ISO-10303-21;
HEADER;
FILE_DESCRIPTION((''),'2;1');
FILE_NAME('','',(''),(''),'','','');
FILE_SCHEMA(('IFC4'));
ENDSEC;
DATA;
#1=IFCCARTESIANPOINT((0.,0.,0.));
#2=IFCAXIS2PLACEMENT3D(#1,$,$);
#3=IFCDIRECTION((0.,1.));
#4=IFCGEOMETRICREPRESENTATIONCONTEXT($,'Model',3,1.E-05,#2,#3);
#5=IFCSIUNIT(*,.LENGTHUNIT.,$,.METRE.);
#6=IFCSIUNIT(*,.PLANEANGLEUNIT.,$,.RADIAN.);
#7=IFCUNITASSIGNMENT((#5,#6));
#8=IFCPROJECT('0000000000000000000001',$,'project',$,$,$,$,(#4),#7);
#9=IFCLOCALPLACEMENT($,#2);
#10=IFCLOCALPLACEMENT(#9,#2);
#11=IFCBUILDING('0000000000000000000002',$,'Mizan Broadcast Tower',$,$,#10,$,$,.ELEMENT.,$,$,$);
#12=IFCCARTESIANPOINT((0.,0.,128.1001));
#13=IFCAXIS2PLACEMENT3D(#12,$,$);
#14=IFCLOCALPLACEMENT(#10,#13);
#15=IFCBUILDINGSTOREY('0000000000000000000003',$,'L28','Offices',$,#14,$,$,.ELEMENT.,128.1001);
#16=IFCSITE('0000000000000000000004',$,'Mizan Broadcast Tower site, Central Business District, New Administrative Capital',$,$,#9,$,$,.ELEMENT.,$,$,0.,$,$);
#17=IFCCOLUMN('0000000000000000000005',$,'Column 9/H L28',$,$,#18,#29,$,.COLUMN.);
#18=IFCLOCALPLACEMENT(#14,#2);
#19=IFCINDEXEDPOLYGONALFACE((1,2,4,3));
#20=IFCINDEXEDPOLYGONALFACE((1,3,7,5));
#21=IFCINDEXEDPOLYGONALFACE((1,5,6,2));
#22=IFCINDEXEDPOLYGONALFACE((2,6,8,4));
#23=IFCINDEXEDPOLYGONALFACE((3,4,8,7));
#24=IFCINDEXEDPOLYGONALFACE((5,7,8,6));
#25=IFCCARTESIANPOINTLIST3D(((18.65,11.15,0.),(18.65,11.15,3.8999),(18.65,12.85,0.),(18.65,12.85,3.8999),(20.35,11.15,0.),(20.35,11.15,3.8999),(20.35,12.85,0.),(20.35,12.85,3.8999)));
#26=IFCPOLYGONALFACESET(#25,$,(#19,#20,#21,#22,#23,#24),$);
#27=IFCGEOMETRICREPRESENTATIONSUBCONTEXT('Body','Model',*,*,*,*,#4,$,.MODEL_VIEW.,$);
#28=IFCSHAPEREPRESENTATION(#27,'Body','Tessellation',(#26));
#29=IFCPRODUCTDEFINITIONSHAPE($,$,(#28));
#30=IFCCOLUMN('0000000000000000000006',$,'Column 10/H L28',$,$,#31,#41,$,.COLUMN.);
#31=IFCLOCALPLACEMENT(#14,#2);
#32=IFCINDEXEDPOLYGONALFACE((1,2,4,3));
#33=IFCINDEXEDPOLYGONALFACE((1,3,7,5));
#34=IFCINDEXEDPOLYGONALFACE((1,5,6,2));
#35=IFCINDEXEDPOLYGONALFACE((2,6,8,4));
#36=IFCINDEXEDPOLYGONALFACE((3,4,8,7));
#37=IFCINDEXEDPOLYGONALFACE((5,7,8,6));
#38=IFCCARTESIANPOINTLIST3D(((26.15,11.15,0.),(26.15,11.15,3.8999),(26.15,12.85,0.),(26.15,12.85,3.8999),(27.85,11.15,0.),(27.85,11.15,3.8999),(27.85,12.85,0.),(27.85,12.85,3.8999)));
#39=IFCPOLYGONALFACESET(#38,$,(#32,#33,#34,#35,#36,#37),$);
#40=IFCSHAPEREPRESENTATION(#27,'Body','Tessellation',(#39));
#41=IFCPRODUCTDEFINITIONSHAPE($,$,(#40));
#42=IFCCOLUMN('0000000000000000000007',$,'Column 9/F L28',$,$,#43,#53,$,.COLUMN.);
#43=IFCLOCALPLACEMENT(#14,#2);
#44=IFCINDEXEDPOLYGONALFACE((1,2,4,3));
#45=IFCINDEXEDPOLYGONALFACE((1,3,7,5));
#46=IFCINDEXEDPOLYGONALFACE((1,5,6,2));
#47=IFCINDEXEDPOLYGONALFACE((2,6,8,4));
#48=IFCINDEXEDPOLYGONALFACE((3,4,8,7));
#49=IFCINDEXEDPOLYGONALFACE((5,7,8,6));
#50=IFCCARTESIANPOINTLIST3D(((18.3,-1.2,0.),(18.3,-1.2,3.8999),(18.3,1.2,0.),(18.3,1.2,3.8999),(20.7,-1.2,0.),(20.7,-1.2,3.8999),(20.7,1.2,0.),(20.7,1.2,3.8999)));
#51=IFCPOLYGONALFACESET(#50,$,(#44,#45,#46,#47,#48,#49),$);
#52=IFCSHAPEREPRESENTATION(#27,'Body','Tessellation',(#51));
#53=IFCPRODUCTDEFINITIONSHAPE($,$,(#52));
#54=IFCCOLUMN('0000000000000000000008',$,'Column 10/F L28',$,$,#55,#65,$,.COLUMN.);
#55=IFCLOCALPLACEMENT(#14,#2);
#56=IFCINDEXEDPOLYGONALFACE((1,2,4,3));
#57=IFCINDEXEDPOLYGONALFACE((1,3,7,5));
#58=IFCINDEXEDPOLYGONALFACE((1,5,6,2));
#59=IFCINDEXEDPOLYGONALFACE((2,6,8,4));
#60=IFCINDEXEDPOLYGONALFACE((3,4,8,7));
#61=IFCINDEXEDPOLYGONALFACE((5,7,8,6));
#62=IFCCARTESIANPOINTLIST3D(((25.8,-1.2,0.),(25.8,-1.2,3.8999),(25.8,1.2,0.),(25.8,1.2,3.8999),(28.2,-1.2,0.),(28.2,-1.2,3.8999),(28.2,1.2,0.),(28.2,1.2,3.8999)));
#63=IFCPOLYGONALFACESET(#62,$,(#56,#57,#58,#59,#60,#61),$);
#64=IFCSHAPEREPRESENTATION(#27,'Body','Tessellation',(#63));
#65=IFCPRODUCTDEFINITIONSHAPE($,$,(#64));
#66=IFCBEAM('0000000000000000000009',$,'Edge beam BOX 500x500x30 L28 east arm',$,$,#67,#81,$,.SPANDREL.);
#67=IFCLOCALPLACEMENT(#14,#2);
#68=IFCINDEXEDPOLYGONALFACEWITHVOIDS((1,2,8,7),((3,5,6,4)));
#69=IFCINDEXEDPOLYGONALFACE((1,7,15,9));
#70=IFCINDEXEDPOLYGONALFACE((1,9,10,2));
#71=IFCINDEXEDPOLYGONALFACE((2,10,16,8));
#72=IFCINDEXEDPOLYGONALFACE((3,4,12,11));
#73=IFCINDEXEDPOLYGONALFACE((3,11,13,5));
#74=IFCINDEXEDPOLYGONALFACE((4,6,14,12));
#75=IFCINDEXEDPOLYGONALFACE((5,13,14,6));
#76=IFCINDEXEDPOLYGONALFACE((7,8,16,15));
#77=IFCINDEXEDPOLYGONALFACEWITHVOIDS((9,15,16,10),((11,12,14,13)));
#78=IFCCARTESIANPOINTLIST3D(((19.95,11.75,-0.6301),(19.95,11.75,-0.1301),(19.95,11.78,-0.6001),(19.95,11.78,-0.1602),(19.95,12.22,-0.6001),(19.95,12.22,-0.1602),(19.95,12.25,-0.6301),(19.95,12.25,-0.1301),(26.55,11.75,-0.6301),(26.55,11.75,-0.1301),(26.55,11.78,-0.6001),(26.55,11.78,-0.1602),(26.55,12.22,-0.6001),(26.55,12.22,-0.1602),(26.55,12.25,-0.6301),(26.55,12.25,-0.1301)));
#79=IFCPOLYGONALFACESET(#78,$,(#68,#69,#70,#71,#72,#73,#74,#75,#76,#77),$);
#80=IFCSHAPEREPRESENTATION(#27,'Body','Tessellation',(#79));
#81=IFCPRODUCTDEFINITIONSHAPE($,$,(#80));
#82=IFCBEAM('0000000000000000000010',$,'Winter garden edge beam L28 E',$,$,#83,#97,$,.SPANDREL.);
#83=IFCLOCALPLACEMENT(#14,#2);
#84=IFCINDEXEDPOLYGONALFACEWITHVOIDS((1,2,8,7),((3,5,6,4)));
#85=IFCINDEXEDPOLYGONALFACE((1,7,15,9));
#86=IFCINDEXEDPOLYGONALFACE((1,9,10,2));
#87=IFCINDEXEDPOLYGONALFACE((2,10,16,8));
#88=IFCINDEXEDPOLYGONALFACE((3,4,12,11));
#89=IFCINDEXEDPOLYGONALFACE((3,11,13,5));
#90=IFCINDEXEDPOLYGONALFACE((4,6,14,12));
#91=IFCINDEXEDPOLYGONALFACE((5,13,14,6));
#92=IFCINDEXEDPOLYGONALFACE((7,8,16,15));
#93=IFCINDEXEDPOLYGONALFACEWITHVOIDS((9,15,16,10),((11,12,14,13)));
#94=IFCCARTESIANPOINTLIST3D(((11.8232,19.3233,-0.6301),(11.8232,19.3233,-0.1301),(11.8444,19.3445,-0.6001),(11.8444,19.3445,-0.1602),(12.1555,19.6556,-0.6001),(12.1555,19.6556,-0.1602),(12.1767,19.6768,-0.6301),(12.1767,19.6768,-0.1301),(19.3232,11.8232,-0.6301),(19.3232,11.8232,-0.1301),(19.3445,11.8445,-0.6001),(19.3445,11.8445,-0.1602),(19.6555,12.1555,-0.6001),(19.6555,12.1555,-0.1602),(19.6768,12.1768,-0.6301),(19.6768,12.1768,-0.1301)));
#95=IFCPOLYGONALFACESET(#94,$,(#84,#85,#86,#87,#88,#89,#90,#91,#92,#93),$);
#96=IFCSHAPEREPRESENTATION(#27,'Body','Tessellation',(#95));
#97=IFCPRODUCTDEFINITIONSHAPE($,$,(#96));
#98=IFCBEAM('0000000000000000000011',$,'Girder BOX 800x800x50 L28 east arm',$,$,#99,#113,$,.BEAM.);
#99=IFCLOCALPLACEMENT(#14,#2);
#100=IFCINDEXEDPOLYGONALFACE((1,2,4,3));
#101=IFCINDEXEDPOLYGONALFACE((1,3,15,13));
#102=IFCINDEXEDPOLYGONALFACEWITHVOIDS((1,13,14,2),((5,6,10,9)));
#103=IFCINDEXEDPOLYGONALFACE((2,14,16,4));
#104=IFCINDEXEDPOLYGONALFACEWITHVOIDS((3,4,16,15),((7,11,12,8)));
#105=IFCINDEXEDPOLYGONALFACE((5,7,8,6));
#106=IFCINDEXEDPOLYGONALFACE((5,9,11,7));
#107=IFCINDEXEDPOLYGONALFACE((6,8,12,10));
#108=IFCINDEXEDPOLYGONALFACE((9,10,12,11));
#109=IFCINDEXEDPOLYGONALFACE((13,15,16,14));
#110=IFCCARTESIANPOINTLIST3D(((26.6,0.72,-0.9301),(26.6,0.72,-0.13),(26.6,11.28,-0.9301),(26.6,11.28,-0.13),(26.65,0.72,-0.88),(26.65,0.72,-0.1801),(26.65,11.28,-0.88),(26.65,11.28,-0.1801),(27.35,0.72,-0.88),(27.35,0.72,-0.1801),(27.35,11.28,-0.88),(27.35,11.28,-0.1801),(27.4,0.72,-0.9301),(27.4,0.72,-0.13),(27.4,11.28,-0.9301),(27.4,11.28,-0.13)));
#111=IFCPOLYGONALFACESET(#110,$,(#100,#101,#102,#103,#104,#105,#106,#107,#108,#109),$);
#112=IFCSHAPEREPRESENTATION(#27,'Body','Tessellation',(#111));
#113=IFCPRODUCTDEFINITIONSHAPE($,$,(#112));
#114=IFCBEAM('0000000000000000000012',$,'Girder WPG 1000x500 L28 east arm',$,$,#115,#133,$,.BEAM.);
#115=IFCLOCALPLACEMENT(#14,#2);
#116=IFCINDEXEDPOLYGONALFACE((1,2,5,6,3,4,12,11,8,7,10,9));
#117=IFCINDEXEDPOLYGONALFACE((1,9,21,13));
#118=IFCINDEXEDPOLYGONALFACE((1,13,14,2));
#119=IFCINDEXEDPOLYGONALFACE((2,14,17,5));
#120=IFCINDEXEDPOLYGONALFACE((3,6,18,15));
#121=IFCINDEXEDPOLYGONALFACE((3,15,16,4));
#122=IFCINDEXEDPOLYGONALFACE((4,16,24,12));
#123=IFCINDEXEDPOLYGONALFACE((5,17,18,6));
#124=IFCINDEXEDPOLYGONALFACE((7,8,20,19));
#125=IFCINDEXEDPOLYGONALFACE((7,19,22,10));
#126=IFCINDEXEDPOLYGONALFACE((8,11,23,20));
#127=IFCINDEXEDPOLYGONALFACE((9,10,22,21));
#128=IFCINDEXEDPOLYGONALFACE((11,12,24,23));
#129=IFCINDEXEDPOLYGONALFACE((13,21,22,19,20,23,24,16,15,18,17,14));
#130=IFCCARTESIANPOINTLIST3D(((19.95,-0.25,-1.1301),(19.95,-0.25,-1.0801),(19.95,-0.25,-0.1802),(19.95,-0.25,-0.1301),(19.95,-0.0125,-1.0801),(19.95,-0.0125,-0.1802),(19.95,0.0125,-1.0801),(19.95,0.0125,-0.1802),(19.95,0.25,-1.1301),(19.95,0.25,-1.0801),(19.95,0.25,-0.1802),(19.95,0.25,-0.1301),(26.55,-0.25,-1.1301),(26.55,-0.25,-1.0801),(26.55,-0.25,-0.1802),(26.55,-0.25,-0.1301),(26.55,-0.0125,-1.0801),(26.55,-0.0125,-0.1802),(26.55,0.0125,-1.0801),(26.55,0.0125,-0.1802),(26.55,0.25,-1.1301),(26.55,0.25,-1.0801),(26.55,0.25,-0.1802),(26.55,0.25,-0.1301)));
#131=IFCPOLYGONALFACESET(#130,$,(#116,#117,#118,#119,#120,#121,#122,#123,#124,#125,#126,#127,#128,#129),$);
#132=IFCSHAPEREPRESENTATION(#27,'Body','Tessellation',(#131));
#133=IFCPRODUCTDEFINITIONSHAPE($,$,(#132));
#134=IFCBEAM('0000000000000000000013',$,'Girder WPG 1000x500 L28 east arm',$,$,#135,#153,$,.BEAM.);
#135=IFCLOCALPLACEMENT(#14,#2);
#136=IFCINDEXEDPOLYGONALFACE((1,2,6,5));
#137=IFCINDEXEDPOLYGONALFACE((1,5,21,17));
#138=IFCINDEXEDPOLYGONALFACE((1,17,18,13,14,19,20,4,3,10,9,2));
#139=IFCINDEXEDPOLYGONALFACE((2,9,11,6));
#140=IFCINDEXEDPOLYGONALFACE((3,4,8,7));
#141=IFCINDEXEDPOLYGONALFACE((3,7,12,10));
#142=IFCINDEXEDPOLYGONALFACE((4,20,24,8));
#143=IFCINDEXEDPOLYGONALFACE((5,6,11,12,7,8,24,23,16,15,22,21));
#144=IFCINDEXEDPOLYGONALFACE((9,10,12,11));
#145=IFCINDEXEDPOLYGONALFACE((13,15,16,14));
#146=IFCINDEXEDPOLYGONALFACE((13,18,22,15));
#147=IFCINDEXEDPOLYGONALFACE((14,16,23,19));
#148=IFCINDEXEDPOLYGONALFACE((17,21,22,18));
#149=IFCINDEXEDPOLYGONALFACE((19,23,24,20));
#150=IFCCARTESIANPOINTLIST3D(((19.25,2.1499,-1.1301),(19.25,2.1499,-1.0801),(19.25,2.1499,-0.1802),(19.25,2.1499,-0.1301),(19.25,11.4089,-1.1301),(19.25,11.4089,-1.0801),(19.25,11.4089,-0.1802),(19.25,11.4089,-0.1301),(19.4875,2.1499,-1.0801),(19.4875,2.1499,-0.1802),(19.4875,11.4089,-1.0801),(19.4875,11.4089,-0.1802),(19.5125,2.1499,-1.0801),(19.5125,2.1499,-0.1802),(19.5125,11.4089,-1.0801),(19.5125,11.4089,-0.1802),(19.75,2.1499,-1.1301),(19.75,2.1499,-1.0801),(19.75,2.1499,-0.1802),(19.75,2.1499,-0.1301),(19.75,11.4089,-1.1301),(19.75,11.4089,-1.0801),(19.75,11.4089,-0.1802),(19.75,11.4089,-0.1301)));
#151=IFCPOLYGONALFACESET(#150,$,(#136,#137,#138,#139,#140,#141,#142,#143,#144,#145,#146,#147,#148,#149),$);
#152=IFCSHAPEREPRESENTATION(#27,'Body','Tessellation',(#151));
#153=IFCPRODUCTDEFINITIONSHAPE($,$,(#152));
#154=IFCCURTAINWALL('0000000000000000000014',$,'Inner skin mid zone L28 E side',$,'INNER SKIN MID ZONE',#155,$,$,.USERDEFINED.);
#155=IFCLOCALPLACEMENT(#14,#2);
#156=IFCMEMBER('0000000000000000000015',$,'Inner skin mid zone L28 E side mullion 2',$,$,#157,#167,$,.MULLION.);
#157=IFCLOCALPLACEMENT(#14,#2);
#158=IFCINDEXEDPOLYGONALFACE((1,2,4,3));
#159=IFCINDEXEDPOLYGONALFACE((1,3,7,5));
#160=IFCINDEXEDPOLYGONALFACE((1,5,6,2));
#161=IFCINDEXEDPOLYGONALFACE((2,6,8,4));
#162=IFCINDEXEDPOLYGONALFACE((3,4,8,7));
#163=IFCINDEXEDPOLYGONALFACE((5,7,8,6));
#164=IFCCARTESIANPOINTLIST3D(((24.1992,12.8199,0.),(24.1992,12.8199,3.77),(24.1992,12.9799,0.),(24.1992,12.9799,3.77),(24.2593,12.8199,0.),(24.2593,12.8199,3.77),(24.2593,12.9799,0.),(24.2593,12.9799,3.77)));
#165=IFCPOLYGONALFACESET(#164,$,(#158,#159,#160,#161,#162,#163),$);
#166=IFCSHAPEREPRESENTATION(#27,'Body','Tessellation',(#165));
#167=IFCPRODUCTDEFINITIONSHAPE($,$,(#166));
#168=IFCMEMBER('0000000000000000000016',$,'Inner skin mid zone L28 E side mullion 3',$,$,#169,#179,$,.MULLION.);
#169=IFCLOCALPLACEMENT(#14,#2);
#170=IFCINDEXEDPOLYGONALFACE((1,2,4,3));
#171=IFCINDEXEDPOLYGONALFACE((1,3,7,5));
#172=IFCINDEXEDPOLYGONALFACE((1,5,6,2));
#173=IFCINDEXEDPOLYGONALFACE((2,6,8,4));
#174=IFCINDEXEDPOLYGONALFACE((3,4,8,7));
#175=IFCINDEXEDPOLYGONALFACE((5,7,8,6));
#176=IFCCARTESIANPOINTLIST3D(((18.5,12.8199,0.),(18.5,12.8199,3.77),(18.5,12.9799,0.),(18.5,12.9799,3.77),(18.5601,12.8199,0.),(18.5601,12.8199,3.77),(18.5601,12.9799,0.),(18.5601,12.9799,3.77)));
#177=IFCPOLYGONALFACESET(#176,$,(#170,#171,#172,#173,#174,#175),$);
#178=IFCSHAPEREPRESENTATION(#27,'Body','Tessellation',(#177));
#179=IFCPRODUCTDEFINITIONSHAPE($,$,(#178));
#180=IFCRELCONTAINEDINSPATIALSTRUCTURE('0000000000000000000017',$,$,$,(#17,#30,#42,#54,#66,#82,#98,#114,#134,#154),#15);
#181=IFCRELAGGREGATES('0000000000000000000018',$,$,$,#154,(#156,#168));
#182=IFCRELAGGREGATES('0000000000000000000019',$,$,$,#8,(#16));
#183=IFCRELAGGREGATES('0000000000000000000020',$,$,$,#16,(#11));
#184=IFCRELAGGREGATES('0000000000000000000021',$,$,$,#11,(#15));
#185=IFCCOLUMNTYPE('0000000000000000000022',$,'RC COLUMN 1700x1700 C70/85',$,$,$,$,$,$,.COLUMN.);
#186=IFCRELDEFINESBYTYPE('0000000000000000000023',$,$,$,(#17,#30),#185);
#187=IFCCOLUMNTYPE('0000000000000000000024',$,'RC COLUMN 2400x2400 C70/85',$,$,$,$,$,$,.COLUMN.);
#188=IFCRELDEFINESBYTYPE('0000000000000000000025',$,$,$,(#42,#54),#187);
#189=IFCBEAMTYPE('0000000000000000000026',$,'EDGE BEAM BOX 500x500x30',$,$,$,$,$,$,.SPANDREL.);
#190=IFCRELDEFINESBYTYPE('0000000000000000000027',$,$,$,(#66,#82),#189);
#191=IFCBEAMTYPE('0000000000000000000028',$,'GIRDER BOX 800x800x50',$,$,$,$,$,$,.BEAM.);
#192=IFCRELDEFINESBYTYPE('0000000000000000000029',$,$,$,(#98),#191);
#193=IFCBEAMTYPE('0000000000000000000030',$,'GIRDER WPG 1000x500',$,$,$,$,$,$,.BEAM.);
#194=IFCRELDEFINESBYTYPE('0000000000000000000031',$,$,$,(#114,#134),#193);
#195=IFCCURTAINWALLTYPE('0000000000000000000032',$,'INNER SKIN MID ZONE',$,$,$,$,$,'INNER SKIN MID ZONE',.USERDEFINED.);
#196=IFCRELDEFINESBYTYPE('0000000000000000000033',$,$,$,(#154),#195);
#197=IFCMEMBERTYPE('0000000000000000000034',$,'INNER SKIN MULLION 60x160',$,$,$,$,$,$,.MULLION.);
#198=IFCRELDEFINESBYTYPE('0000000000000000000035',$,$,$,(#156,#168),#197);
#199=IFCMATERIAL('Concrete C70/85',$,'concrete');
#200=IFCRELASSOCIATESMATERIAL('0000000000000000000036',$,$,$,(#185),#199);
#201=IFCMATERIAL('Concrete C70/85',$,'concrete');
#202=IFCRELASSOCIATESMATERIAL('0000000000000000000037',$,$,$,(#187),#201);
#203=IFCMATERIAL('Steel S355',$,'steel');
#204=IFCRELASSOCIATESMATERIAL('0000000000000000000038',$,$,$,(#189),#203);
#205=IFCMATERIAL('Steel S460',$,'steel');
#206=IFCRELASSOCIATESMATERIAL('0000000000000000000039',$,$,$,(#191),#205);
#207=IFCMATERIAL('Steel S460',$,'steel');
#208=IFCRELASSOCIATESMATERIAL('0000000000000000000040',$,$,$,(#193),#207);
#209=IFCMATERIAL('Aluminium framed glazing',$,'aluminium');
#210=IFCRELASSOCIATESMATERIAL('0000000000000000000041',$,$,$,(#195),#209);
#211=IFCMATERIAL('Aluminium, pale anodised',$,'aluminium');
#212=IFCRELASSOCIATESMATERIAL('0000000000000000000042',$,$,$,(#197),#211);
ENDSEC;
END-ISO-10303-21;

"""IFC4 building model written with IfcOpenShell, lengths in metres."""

from ifc_helpers import new_model, si_unit, direction, frame, origin, origin_2d, place, context, subcontext, project, spatial, rectangle, hollow_rectangle, i_section, extrude, material, material_profile, profile_set, type_object, element, aggregate, save


model = new_model("IFC4")

# Units and contexts
model_context = context("Model", 3, precision=1e-05, world=origin(), true_north=direction((0.0, 1.0)))
body_context = subcontext(model_context, "Body", "Model", "MODEL_VIEW")
ifc_project = project(units=[si_unit("LENGTHUNIT", "METRE"), si_unit("PLANEANGLEUNIT", "RADIAN")], contexts=[model_context])

# Site, building, storey
site_placement = place(None, origin())
site = spatial("IfcSite", under=ifc_project, at=site_placement, Name="Mizan Broadcast Tower site, Central Business District, New Administrative Capital", CompositionType="ELEMENT", RefElevation=0.0)
building_placement = place(site_placement, origin())
building = spatial("IfcBuilding", under=site, at=building_placement, Name="Mizan Broadcast Tower", CompositionType="ELEMENT")
storey_placement = place(building_placement, frame((0.0, 0.0, 128.1001)))
storey = spatial("IfcBuildingStorey", under=building, at=storey_placement, Name="L28", Description="Offices", CompositionType="ELEMENT", Elevation=128.1001)

# Columns
ifc_material_1 = material(Name="Concrete C70/85", Category="concrete")
ifc_material_profile_1 = material_profile(ifc_material_1, rectangle(XDim=1.7, YDim=1.7, at=origin_2d()), Name="RC 1700x1700")
ifc_profile_set_1 = profile_set([ifc_material_profile_1], Name="Concrete C70/85")
column_type_1 = type_object("IfcColumnType", Name="RC COLUMN 1700x1700 C70/85", PredefinedType="COLUMN", material=ifc_profile_set_1)
for number, where, z_axis, x_axis, name in (
    (1, (19.5, 12.0, 0.0), (0.0, 0.0, 1.0), (1.0, 0.0, 0.0), "Column 9/H L28"),
    (2, (27.0, 12.0, 0.0), (0.0, 0.0, 1.0), (1.0, 0.0, 0.0), "Column 10/H L28"),
):
    element("IfcColumn", number, at=place(storey_placement, frame(where, z_axis=z_axis, x_axis=x_axis)), inside=storey, type_object=column_type_1, Name=name, PredefinedType="COLUMN", context=body_context, shape_type="SweptSolid", body=[
        extrude(rectangle(XDim=1.7, YDim=1.7, at=origin_2d()), origin(), (0.0, 0.0, 1.0), 3.8999),
    ])
ifc_material_2 = material(Name="Concrete C70/85", Category="concrete")
ifc_material_profile_2 = material_profile(ifc_material_2, rectangle(XDim=2.3999, YDim=2.3999, at=origin_2d()), Name="RC 2400x2400")
ifc_profile_set_2 = profile_set([ifc_material_profile_2], Name="Concrete C70/85")
column_type_2 = type_object("IfcColumnType", Name="RC COLUMN 2400x2400 C70/85", PredefinedType="COLUMN", material=ifc_profile_set_2)
for number, where, z_axis, x_axis, name in (
    (3, (19.5, 0.0, 0.0), (0.0, 0.0, 1.0), (1.0, 0.0, 0.0), "Column 9/F L28"),
    (4, (27.0, 0.0, 0.0), (0.0, 0.0, 1.0), (1.0, 0.0, 0.0), "Column 10/F L28"),
):
    element("IfcColumn", number, at=place(storey_placement, frame(where, z_axis=z_axis, x_axis=x_axis)), inside=storey, type_object=column_type_2, Name=name, PredefinedType="COLUMN", context=body_context, shape_type="SweptSolid", body=[
        extrude(rectangle(XDim=2.3999, YDim=2.3999, at=origin_2d()), origin(), (0.0, 0.0, 1.0), 3.8999),
    ])

# Beams
ifc_material_3 = material(Name="Steel S355", Category="steel")
ifc_material_profile_3 = material_profile(ifc_material_3, hollow_rectangle(XDim=0.5, YDim=0.5, WallThickness=0.03, at=origin_2d()), Name="BOX 500x500x30")
ifc_profile_set_3 = profile_set([ifc_material_profile_3], Name="Steel S355")
beam_type_1 = type_object("IfcBeamType", Name="EDGE BEAM BOX 500x500x30", PredefinedType="SPANDREL", material=ifc_profile_set_3)
beam_1_placement = place(storey_placement, frame((19.95, 12.0, -0.3801), z_axis=(1.0, 0.0, 0.0), x_axis=(0.0, 1.0, 0.0)))
element("IfcBeam", 5, at=beam_1_placement, inside=storey, type_object=beam_type_1, Name="Edge beam BOX 500x500x30 L28 east arm", PredefinedType="SPANDREL", context=body_context, shape_type="SweptSolid", body=[
    extrude(hollow_rectangle(XDim=0.5, YDim=0.5, WallThickness=0.03, at=origin_2d()), origin(), (0.0, 0.0, 1.0), 6.6001),
])
beam_2_placement = place(storey_placement, frame((19.5, 12.0, -0.3801), z_axis=(-0.707107, 0.707107, 0.0), x_axis=(-0.707107, -0.707107, 0.0)))
element("IfcBeam", 6, at=beam_2_placement, inside=storey, type_object=beam_type_1, Name="Winter garden edge beam L28 E", PredefinedType="SPANDREL", context=body_context, shape_type="SweptSolid", body=[
    extrude(hollow_rectangle(XDim=0.5, YDim=0.5, WallThickness=0.03, at=origin_2d()), origin(), (0.0, 0.0, 1.0), 10.6067),
])
ifc_material_4 = material(Name="Steel S460", Category="steel")
ifc_material_profile_4 = material_profile(ifc_material_4, hollow_rectangle(XDim=0.8, YDim=0.8, WallThickness=0.05, at=origin_2d()), Name="BOX 800x800x50")
ifc_profile_set_4 = profile_set([ifc_material_profile_4], Name="Steel S460")
beam_type_2 = type_object("IfcBeamType", Name="GIRDER BOX 800x800x50", PredefinedType="BEAM", material=ifc_profile_set_4)
beam_3_placement = place(storey_placement, frame((27.0, 11.28, -0.53), z_axis=(0.0, -1.0, 0.0), x_axis=(1.0, 0.0, 0.0)))
element("IfcBeam", 7, at=beam_3_placement, inside=storey, type_object=beam_type_2, Name="Girder BOX 800x800x50 L28 east arm", PredefinedType="BEAM", context=body_context, shape_type="SweptSolid", body=[
    extrude(hollow_rectangle(XDim=0.8, YDim=0.8, WallThickness=0.05, at=origin_2d()), origin(), (0.0, 0.0, 1.0), 10.5601),
])
ifc_material_5 = material(Name="Steel S460", Category="steel")
ifc_material_profile_5 = material_profile(ifc_material_5, i_section(OverallWidth=0.5, OverallDepth=1.0, WebThickness=0.0249, FlangeThickness=0.05, at=origin_2d()), Name="WPG 1000x500")
ifc_profile_set_5 = profile_set([ifc_material_profile_5], Name="Steel S460")
beam_type_3 = type_object("IfcBeamType", Name="GIRDER WPG 1000x500", PredefinedType="BEAM", material=ifc_profile_set_5)
beam_4_placement = place(storey_placement, frame((19.95, 0.0, -0.6301), z_axis=(1.0, 0.0, 0.0), x_axis=(0.0, 1.0, 0.0)))
element("IfcBeam", 8, at=beam_4_placement, inside=storey, type_object=beam_type_3, Name="Girder WPG 1000x500 L28 east arm", PredefinedType="BEAM", context=body_context, shape_type="SweptSolid", body=[
    extrude(i_section(OverallWidth=0.5, OverallDepth=1.0, WebThickness=0.0249, FlangeThickness=0.05, at=origin_2d()), origin(), (0.0, 0.0, 1.0), 6.6001),
])
beam_5_placement = place(storey_placement, frame((19.5, 11.4089, -0.6301), z_axis=(0.0, -1.0, 0.0), x_axis=(1.0, 0.0, 0.0)))
element("IfcBeam", 9, at=beam_5_placement, inside=storey, type_object=beam_type_3, Name="Girder WPG 1000x500 L28 east arm", PredefinedType="BEAM", context=body_context, shape_type="SweptSolid", body=[
    extrude(i_section(OverallWidth=0.5, OverallDepth=1.0, WebThickness=0.0249, FlangeThickness=0.05, at=origin_2d()), origin(), (0.0, 0.0, 1.0), 9.259),
])

# Curtain wall, members
ifc_material_6 = material(Name="Aluminium framed glazing", Category="aluminium")
curtain_wall_type_1 = type_object("IfcCurtainWallType", Name="INNER SKIN MID ZONE", ElementType="INNER SKIN MID ZONE", PredefinedType="USERDEFINED", material=ifc_material_6)
curtain_wall_1_placement = place(storey_placement, origin())
curtain_wall_1 = element("IfcCurtainWall", 10, at=curtain_wall_1_placement, inside=storey, type_object=curtain_wall_type_1, Name="Inner skin mid zone L28 E side", ObjectType="INNER SKIN MID ZONE", PredefinedType="USERDEFINED")
ifc_material_7 = material(Name="Aluminium, pale anodised", Category="aluminium")
ifc_material_profile_6 = material_profile(ifc_material_7, rectangle(XDim=0.1599, YDim=0.0601, at=origin_2d()), Name="MULLION 160x60")
ifc_profile_set_6 = profile_set([ifc_material_profile_6], Name="Aluminium, pale anodised")
member_type_1 = type_object("IfcMemberType", Name="INNER SKIN MULLION 60x160", PredefinedType="MULLION", material=ifc_profile_set_6)
member_1_placement = place(storey_placement, frame((24.2292, 12.8999, 0.0), z_axis=(0.0, 0.0, 1.0), x_axis=(0.0, -1.0, 0.0)))
member_1 = element("IfcMember", 11, at=member_1_placement, type_object=member_type_1, Name="Inner skin mid zone L28 E side mullion 2", PredefinedType="MULLION", context=body_context, shape_type="SweptSolid", body=[
    extrude(rectangle(XDim=0.1599, YDim=0.0601, at=origin_2d()), origin(), (0.0, 0.0, 1.0), 3.77),
])
member_2_placement = place(storey_placement, frame((18.53, 12.8999, 0.0), z_axis=(0.0, 0.0, 1.0), x_axis=(0.0, -1.0, 0.0)))
member_2 = element("IfcMember", 12, at=member_2_placement, type_object=member_type_1, Name="Inner skin mid zone L28 E side mullion 3", PredefinedType="MULLION", context=body_context, shape_type="SweptSolid", body=[
    extrude(rectangle(XDim=0.1599, YDim=0.0601, at=origin_2d()), origin(), (0.0, 0.0, 1.0), 3.77),
])

aggregate(curtain_wall_1, [member_1, member_2])

save(model, "model.ifc")
